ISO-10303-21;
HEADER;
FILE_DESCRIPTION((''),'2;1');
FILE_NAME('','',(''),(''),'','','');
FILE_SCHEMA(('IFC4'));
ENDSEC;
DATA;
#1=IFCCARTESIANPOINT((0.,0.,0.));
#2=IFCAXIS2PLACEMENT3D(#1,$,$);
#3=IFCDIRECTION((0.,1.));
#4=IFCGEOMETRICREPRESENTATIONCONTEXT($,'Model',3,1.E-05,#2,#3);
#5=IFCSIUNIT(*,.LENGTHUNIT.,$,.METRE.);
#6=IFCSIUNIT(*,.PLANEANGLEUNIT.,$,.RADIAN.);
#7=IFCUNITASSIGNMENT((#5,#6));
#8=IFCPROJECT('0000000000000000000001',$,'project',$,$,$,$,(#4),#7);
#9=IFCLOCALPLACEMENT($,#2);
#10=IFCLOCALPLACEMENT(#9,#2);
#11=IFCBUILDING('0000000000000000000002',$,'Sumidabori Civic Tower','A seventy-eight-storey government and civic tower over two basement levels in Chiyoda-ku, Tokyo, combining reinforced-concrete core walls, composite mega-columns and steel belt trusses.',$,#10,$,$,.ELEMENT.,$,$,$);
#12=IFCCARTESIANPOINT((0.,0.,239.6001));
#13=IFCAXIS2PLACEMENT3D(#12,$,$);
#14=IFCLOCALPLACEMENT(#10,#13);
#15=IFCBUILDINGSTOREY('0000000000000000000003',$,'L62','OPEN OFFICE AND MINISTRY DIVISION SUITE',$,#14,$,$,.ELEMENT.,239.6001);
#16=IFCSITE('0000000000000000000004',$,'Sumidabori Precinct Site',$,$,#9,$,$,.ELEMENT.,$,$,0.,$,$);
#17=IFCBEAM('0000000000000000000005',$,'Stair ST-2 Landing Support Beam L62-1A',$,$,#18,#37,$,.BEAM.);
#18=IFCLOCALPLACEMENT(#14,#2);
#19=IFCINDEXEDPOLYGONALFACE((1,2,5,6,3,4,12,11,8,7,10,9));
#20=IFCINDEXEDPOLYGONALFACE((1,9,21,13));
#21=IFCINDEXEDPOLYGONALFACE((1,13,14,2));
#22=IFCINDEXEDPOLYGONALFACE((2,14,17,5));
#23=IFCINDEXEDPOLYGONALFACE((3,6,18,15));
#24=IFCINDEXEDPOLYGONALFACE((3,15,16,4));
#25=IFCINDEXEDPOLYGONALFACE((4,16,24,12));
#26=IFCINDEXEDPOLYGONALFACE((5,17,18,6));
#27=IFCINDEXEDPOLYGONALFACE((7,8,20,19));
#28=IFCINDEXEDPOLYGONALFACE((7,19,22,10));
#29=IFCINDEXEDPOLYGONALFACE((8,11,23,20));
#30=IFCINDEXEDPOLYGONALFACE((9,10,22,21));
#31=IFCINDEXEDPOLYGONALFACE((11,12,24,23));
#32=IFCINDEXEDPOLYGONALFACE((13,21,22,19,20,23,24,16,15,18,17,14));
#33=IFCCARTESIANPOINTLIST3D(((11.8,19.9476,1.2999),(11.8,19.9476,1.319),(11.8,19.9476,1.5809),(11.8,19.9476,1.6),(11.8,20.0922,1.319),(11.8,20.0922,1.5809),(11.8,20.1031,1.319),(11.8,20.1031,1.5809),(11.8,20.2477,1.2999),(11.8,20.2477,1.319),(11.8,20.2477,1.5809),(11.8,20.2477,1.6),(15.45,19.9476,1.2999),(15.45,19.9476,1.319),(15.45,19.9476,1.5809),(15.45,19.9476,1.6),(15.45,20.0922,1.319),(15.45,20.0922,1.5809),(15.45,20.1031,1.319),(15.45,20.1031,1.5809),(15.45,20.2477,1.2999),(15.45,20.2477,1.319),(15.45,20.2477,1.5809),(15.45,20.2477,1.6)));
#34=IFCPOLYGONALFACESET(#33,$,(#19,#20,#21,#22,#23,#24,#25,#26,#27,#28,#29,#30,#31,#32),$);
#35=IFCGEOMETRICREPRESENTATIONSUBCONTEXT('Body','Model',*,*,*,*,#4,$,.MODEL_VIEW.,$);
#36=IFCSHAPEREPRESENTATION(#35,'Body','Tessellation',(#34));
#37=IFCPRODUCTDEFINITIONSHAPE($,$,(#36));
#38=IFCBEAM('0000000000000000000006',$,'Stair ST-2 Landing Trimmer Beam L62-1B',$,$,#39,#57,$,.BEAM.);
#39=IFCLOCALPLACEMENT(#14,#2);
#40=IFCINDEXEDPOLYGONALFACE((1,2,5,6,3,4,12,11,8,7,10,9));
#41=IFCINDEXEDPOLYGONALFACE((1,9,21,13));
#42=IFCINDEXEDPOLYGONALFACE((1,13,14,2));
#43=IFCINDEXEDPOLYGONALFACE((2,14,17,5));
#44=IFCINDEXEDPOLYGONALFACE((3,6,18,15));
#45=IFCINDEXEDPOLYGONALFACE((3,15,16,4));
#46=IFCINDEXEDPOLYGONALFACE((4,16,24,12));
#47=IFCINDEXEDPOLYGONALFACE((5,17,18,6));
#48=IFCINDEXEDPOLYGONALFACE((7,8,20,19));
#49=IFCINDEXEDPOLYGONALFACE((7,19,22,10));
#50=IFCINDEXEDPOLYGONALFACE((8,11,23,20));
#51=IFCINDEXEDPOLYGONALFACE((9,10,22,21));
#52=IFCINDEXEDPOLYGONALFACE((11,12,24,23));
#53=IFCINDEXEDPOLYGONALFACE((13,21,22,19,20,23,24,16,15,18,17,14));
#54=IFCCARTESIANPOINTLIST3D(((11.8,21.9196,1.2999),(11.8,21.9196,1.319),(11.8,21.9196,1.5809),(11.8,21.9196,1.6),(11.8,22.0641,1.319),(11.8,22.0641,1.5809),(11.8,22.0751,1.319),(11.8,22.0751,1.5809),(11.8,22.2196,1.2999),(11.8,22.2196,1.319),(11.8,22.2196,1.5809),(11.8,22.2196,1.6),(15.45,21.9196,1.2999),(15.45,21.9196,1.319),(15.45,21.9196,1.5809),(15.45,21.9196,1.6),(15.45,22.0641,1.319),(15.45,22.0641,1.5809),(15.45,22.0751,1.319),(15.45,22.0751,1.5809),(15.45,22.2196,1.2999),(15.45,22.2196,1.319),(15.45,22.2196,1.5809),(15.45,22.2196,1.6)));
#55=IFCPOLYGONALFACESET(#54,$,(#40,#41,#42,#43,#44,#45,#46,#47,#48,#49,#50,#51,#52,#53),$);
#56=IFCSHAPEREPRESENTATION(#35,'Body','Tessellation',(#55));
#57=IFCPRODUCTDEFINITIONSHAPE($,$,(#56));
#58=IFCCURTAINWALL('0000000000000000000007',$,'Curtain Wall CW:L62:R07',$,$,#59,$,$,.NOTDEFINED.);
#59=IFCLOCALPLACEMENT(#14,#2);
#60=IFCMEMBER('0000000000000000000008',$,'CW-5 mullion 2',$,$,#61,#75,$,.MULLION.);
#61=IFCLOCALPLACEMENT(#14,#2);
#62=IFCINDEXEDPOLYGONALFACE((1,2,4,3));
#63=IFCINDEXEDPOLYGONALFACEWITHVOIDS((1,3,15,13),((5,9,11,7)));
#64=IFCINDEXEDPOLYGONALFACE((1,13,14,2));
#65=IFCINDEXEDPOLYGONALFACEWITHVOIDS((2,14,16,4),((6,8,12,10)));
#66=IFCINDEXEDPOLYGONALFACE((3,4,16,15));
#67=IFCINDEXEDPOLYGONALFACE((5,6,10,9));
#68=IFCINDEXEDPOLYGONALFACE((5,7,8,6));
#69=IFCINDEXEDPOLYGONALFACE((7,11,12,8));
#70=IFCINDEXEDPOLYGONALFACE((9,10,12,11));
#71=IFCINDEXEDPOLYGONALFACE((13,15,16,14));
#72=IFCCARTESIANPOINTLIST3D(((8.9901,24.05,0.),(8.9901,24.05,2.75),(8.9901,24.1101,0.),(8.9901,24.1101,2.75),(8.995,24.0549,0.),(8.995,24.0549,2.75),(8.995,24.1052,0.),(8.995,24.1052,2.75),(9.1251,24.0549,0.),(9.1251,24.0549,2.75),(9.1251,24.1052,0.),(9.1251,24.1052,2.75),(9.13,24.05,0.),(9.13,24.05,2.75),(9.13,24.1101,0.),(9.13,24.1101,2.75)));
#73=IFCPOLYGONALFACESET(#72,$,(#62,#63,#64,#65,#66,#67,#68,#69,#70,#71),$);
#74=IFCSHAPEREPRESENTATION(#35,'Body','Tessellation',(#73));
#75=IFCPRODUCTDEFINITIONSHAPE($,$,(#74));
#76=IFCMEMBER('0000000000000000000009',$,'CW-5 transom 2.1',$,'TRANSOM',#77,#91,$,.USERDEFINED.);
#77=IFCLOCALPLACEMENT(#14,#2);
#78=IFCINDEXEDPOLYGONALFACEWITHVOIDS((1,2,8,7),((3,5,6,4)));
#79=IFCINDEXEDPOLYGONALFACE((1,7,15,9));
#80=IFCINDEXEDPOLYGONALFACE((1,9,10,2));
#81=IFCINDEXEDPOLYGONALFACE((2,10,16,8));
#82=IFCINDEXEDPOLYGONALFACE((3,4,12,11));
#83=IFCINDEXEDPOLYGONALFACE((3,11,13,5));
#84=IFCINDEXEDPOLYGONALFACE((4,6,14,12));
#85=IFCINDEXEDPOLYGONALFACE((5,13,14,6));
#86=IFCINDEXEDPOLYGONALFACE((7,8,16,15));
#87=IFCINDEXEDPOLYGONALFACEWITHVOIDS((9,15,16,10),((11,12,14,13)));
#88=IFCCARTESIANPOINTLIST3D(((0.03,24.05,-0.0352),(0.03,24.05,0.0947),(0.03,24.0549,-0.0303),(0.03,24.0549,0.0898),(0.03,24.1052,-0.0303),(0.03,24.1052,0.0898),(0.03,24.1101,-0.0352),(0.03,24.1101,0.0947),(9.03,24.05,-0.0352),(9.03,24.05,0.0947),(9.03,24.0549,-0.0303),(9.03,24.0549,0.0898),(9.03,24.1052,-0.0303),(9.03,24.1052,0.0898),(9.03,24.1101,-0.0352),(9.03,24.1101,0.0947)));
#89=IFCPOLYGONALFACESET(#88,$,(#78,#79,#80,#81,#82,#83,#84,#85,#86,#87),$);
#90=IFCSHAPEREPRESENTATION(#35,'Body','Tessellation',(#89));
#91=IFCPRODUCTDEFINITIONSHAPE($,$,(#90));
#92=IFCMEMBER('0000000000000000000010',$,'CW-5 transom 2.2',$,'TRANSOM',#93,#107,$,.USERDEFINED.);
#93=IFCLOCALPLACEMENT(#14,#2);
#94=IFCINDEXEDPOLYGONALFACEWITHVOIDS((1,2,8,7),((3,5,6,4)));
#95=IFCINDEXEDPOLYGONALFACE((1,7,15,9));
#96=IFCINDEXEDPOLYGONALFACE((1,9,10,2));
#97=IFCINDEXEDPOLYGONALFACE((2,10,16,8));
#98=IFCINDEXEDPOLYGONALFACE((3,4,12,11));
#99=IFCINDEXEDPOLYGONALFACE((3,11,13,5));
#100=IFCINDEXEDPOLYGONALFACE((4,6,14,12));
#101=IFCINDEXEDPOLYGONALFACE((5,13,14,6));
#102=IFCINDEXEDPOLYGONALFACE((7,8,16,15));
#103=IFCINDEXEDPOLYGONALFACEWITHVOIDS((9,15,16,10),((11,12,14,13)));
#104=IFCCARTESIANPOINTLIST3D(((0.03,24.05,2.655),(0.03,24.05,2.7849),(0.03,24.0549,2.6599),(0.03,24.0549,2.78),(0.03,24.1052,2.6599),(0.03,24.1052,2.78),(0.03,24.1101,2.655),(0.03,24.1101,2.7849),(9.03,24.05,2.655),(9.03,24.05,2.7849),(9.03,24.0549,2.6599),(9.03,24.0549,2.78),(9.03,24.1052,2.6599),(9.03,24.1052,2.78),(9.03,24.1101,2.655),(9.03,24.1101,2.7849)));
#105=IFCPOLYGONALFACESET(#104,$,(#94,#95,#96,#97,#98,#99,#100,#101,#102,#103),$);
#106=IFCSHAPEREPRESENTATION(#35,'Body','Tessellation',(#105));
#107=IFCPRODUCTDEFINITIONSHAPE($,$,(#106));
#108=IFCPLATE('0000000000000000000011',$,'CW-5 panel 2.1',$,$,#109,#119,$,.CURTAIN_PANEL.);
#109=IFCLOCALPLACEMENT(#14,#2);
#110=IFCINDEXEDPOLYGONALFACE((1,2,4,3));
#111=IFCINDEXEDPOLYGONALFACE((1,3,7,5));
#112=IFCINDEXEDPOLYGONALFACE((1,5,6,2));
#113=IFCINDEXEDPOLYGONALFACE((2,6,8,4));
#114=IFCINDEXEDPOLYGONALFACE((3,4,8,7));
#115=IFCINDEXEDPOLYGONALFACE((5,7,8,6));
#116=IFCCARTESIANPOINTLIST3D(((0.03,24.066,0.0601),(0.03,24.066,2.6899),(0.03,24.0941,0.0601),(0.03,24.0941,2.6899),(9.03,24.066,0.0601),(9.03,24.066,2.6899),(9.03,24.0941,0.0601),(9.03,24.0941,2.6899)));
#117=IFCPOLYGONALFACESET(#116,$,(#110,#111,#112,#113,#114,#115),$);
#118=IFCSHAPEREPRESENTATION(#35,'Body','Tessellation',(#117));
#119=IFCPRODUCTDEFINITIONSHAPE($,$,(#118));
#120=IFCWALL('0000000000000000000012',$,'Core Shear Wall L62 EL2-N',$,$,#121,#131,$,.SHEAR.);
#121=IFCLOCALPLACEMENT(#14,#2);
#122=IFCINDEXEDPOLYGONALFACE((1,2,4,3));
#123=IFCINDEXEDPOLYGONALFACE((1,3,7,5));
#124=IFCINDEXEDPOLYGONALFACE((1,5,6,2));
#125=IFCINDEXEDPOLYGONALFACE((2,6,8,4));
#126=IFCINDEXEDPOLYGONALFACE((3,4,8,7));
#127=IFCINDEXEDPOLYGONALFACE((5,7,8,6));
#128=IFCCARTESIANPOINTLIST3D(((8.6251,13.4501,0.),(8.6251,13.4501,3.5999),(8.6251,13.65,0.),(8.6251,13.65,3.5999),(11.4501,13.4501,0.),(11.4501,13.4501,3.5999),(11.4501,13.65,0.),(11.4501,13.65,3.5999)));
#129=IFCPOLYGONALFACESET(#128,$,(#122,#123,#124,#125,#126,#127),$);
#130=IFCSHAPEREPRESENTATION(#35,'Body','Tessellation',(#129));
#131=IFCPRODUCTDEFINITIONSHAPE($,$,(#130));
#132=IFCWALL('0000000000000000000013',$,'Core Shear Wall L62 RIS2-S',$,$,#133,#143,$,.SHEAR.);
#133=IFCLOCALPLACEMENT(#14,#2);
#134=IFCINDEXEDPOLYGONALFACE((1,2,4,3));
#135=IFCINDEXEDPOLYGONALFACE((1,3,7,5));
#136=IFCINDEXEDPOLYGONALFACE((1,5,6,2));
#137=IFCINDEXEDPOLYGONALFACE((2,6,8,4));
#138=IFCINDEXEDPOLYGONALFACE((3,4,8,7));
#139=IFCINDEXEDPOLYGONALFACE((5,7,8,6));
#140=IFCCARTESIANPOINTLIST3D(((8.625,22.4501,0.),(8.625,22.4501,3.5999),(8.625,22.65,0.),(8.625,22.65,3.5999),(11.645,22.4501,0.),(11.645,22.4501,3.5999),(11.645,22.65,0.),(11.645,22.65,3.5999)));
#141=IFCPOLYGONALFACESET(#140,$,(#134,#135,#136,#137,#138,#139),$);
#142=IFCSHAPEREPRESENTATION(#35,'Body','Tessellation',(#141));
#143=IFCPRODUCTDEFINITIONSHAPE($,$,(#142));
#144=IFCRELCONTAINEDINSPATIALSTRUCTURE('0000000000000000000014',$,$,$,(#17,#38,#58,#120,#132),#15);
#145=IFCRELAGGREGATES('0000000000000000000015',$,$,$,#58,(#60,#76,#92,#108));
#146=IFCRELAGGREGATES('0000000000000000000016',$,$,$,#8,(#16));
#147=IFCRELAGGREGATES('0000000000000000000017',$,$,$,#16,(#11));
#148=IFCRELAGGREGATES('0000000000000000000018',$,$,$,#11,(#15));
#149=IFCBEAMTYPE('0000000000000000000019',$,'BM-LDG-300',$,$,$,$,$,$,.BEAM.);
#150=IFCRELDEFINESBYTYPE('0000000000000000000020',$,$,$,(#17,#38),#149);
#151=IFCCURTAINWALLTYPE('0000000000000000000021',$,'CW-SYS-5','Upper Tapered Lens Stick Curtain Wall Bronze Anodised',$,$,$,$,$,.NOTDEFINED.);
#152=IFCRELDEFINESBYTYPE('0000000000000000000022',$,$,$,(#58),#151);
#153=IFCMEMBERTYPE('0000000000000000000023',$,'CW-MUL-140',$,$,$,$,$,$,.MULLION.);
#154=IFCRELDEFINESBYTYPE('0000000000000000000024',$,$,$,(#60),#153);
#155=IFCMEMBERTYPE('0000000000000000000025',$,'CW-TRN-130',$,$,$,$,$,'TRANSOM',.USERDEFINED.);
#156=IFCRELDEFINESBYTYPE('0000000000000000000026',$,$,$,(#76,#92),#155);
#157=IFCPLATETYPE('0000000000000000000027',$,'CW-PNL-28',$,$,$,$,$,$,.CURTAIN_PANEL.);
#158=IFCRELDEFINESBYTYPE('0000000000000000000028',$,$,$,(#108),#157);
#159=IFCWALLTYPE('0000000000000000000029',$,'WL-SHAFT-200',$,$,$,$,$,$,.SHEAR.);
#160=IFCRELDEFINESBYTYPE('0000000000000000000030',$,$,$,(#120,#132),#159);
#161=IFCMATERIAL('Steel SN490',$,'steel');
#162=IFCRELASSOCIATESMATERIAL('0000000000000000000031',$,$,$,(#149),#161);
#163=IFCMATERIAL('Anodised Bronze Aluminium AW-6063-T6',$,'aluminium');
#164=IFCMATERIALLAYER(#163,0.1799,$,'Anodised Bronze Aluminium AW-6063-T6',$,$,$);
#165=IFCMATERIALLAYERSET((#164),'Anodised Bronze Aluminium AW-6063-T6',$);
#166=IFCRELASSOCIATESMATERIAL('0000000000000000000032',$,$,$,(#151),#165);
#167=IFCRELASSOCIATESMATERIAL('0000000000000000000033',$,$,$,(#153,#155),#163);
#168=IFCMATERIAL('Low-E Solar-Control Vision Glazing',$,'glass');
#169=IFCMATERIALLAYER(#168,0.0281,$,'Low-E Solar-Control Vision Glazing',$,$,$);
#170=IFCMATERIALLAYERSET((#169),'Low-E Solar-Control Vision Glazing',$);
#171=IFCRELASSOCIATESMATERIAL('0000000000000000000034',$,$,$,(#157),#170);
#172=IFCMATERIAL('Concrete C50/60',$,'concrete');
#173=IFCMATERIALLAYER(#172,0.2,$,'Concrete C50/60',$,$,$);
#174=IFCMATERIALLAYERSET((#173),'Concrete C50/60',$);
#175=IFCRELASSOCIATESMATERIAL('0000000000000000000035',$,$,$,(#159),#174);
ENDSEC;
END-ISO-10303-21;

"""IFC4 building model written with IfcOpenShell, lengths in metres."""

from ifc_helpers import new_model, si_unit, direction, frame, frame_2d, origin, origin_2d, place, context, subcontext, project, spatial, rectangle, hollow_rectangle, i_section, extrude, source, transform, mapped, material, layer, layer_set, material_profile, profile_set, type_object, element, aggregate, save


model = new_model("IFC4")

# Units and contexts
model_context = context("Model", 3, precision=1e-05, world=origin(), true_north=direction((0.0, 1.0)))
body_context = subcontext(model_context, "Body", "Model", "MODEL_VIEW")
ifc_project = project(units=[si_unit("LENGTHUNIT", "METRE"), si_unit("PLANEANGLEUNIT", "RADIAN")], contexts=[model_context])

# Site, building, storey
site_placement = place(None, origin())
site = spatial("IfcSite", under=ifc_project, at=site_placement, Name="Sumidabori Precinct Site", CompositionType="ELEMENT", RefElevation=0.0)
building_placement = place(site_placement, origin())
building = spatial("IfcBuilding", under=site, at=building_placement, Name="Sumidabori Civic Tower", Description="A seventy-eight-storey government and civic tower over two basement levels in Chiyoda-ku, Tokyo, combining reinforced-concrete core walls, composite mega-columns and steel belt trusses.", CompositionType="ELEMENT")
storey_placement = place(building_placement, frame((0.0, 0.0, 239.6001)))
storey = spatial("IfcBuildingStorey", under=building, at=storey_placement, Name="L62", Description="OPEN OFFICE AND MINISTRY DIVISION SUITE", CompositionType="ELEMENT", Elevation=239.6001)

# Beams
ifc_material_1 = material(Name="Steel SN490", Category="steel")
ifc_material_profile_1 = material_profile(ifc_material_1, i_section(OverallWidth=0.3, OverallDepth=0.3, WebThickness=0.011, FlangeThickness=0.019, at=origin_2d()), Name="HE 300 B")
ifc_profile_set_1 = profile_set([ifc_material_profile_1], Name="Steel SN490")
beam_type = type_object("IfcBeamType", Name="BM-LDG-300", PredefinedType="BEAM", material=ifc_profile_set_1)
shared_shape_1 = source(origin(), body_context, "Body", "SweptSolid", [
    extrude(i_section(OverallWidth=0.3, OverallDepth=0.3, WebThickness=0.011, FlangeThickness=0.019, at=origin_2d()), origin(), (0.0, 0.0, 1.0), 3.6499),
])
for number, where, z_axis, x_axis, name in (
    (1, (11.8, 20.0977, 1.45), (1.0, 0.0, 0.0), (0.0, 1.0, 0.0), "Stair ST-2 Landing Support Beam L62-1A"),
    (2, (11.8, 22.0696, 1.45), (1.0, 0.0, 0.0), (0.0, 1.0, 0.0), "Stair ST-2 Landing Trimmer Beam L62-1B"),
):
    element("IfcBeam", number, at=place(storey_placement, frame(where, z_axis=z_axis, x_axis=x_axis)), inside=storey, type_object=beam_type, Name=name, PredefinedType="BEAM", context=body_context, shape_type="MappedRepresentation", body=[
        mapped(shared_shape_1, transform((0.0, 0.0, 0.0), x_axis=(1.0, 0.0, 0.0), y_axis=(0.0, 1.0, 0.0), z_axis=(0.0, 0.0, 1.0), scale=1.0)),
    ])

# Curtain wall, members, plate
ifc_material_2 = material(Name="Anodised Bronze Aluminium AW-6063-T6", Category="aluminium")
ifc_layer_1 = layer(ifc_material_2, 0.1799, Name="Anodised Bronze Aluminium AW-6063-T6")
ifc_layer_set_1 = layer_set([ifc_layer_1], Name="Anodised Bronze Aluminium AW-6063-T6")
curtain_wall_type = type_object("IfcCurtainWallType", Name="CW-SYS-5", Description="Upper Tapered Lens Stick Curtain Wall Bronze Anodised", PredefinedType="NOTDEFINED", material=ifc_layer_set_1)
curtain_wall_placement = place(storey_placement, origin())
curtain_wall = element("IfcCurtainWall", 3, at=curtain_wall_placement, inside=storey, type_object=curtain_wall_type, Name="Curtain Wall CW:L62:R07", PredefinedType="NOTDEFINED")
ifc_material_profile_2 = material_profile(ifc_material_2, hollow_rectangle(XDim=0.0601, YDim=0.1399, WallThickness=0.0049, at=origin_2d()), Name="ALU MULLION 140x60")
ifc_profile_set_2 = profile_set([ifc_material_profile_2], Name="Anodised Bronze Aluminium AW-6063-T6")
member_type_1 = type_object("IfcMemberType", Name="CW-MUL-140", PredefinedType="MULLION", material=ifc_profile_set_2)
shared_shape_2 = source(origin(), body_context, "Body", "SweptSolid", [
    extrude(hollow_rectangle(XDim=0.0601, YDim=0.1399, WallThickness=0.0049, at=origin_2d()), origin(), (0.0, 0.0, 1.0), 2.75),
])
member_1_placement = place(storey_placement, frame((9.0601, 24.0801, 0.0), z_axis=(0.0, 0.0, 1.0), x_axis=(0.0, -1.0, 0.0)))
member_1 = element("IfcMember", 4, at=member_1_placement, type_object=member_type_1, Name="CW-5 mullion 2", PredefinedType="MULLION", context=body_context, shape_type="MappedRepresentation", body=[
    mapped(shared_shape_2, transform((0.0, 0.0, 0.0), x_axis=(1.0, 0.0, 0.0), y_axis=(0.0, 1.0, 0.0), z_axis=(0.0, 0.0, 1.0), scale=1.0)),
])
ifc_material_profile_3 = material_profile(ifc_material_2, hollow_rectangle(XDim=0.0601, YDim=0.1299, WallThickness=0.0049, at=origin_2d()), Name="ALU TRANSOM 130x60")
ifc_profile_set_3 = profile_set([ifc_material_profile_3], Name="Anodised Bronze Aluminium AW-6063-T6")
member_type_2 = type_object("IfcMemberType", Name="CW-TRN-130", ElementType="TRANSOM", PredefinedType="USERDEFINED", material=ifc_profile_set_3)
shared_shape_3 = source(origin(), body_context, "Body", "SweptSolid", [
    extrude(hollow_rectangle(XDim=0.0601, YDim=0.1299, WallThickness=0.0049, at=origin_2d()), origin(), (0.0, 0.0, 1.0), 9.0),
])
member_2_placement = place(storey_placement, frame((9.03, 24.0801, 0.0298), z_axis=(-1.0, 0.0, 0.0), x_axis=(0.0, -1.0, 0.0)))
member_2 = element("IfcMember", 5, at=member_2_placement, type_object=member_type_2, Name="CW-5 transom 2.1", ObjectType="TRANSOM", PredefinedType="USERDEFINED", context=body_context, shape_type="MappedRepresentation", body=[
    mapped(shared_shape_3, transform((0.0, 0.0, 0.0), x_axis=(1.0, 0.0, 0.0), y_axis=(0.0, 1.0, 0.0), z_axis=(0.0, 0.0, 1.0), scale=1.0)),
])
member_3_placement = place(storey_placement, frame((9.03, 24.0801, 2.72), z_axis=(-1.0, 0.0, 0.0), x_axis=(0.0, -1.0, 0.0)))
member_3 = element("IfcMember", 6, at=member_3_placement, type_object=member_type_2, Name="CW-5 transom 2.2", ObjectType="TRANSOM", PredefinedType="USERDEFINED", context=body_context, shape_type="MappedRepresentation", body=[
    mapped(shared_shape_3, transform((0.0, 0.0, 0.0), x_axis=(1.0, 0.0, 0.0), y_axis=(0.0, 1.0, 0.0), z_axis=(0.0, 0.0, 1.0), scale=1.0)),
])
ifc_material_3 = material(Name="Low-E Solar-Control Vision Glazing", Category="glass")
ifc_layer_2 = layer(ifc_material_3, 0.0281, Name="Low-E Solar-Control Vision Glazing")
ifc_layer_set_2 = layer_set([ifc_layer_2], Name="Low-E Solar-Control Vision Glazing")
plate_type = type_object("IfcPlateType", Name="CW-PNL-28", PredefinedType="CURTAIN_PANEL", material=ifc_layer_set_2)
shared_shape_4 = source(origin(), body_context, "Body", "SweptSolid", [
    extrude(rectangle(XDim=9.0, YDim=0.0281, at=origin_2d()), origin(), (0.0, 0.0, 1.0), 2.6299),
])
plate_placement = place(storey_placement, frame((4.53, 24.0801, 0.0601), z_axis=(0.0, 0.0, 1.0), x_axis=(-1.0, 0.0, 0.0)))
plate = element("IfcPlate", 7, at=plate_placement, type_object=plate_type, Name="CW-5 panel 2.1", PredefinedType="CURTAIN_PANEL", context=body_context, shape_type="MappedRepresentation", body=[
    mapped(shared_shape_4, transform((0.0, 0.0, 0.0), x_axis=(1.0, 0.0, 0.0), y_axis=(0.0, 1.0, 0.0), z_axis=(0.0, 0.0, 1.0), scale=1.0)),
])
aggregate(curtain_wall, [member_1, member_2, member_3, plate])

# Walls
ifc_material_4 = material(Name="Concrete C50/60", Category="concrete")
ifc_layer_3 = layer(ifc_material_4, 0.2, Name="Concrete C50/60")
ifc_layer_set_3 = layer_set([ifc_layer_3], Name="Concrete C50/60")
wall_type_1 = type_object("IfcWallType", Name="WL-SHAFT-200", PredefinedType="SHEAR", material=ifc_layer_set_3)
shared_shape_5 = source(origin(), body_context, "Body", "SweptSolid", [
    extrude(rectangle(XDim=2.825, YDim=0.2, at=frame_2d((1.4126, 0.0))), origin(), (0.0, 0.0, 1.0), 3.5999),
])
wall_1_placement = place(storey_placement, frame((8.625, 13.55, 0.0), z_axis=(0.0, 0.0, 1.0), x_axis=(1.0, 0.0, 0.0)))
element("IfcWall", 8, at=wall_1_placement, inside=storey, type_object=wall_type_1, Name="Core Shear Wall L62 EL2-N", PredefinedType="SHEAR", context=body_context, shape_type="MappedRepresentation", body=[
    mapped(shared_shape_5, transform((0.0, 0.0, 0.0), x_axis=(1.0, 0.0, 0.0), y_axis=(0.0, 1.0, 0.0), z_axis=(0.0, 0.0, 1.0), scale=1.0)),
])
shared_shape_6 = source(origin(), body_context, "Body", "SweptSolid", [
    extrude(rectangle(XDim=3.02, YDim=0.2, at=frame_2d((1.51, 0.0))), origin(), (0.0, 0.0, 1.0), 3.5999),
])
wall_2_placement = place(storey_placement, frame((8.625, 22.55, 0.0), z_axis=(0.0, 0.0, 1.0), x_axis=(1.0, 0.0, 0.0)))
element("IfcWall", 9, at=wall_2_placement, inside=storey, type_object=wall_type_1, Name="Core Shear Wall L62 RIS2-S", PredefinedType="SHEAR", context=body_context, shape_type="MappedRepresentation", body=[
    mapped(shared_shape_6, transform((0.0, 0.0, 0.0), x_axis=(1.0, 0.0, 0.0), y_axis=(0.0, 1.0, 0.0), z_axis=(0.0, 0.0, 1.0), scale=1.0)),
])

save(model, "model.ifc")
